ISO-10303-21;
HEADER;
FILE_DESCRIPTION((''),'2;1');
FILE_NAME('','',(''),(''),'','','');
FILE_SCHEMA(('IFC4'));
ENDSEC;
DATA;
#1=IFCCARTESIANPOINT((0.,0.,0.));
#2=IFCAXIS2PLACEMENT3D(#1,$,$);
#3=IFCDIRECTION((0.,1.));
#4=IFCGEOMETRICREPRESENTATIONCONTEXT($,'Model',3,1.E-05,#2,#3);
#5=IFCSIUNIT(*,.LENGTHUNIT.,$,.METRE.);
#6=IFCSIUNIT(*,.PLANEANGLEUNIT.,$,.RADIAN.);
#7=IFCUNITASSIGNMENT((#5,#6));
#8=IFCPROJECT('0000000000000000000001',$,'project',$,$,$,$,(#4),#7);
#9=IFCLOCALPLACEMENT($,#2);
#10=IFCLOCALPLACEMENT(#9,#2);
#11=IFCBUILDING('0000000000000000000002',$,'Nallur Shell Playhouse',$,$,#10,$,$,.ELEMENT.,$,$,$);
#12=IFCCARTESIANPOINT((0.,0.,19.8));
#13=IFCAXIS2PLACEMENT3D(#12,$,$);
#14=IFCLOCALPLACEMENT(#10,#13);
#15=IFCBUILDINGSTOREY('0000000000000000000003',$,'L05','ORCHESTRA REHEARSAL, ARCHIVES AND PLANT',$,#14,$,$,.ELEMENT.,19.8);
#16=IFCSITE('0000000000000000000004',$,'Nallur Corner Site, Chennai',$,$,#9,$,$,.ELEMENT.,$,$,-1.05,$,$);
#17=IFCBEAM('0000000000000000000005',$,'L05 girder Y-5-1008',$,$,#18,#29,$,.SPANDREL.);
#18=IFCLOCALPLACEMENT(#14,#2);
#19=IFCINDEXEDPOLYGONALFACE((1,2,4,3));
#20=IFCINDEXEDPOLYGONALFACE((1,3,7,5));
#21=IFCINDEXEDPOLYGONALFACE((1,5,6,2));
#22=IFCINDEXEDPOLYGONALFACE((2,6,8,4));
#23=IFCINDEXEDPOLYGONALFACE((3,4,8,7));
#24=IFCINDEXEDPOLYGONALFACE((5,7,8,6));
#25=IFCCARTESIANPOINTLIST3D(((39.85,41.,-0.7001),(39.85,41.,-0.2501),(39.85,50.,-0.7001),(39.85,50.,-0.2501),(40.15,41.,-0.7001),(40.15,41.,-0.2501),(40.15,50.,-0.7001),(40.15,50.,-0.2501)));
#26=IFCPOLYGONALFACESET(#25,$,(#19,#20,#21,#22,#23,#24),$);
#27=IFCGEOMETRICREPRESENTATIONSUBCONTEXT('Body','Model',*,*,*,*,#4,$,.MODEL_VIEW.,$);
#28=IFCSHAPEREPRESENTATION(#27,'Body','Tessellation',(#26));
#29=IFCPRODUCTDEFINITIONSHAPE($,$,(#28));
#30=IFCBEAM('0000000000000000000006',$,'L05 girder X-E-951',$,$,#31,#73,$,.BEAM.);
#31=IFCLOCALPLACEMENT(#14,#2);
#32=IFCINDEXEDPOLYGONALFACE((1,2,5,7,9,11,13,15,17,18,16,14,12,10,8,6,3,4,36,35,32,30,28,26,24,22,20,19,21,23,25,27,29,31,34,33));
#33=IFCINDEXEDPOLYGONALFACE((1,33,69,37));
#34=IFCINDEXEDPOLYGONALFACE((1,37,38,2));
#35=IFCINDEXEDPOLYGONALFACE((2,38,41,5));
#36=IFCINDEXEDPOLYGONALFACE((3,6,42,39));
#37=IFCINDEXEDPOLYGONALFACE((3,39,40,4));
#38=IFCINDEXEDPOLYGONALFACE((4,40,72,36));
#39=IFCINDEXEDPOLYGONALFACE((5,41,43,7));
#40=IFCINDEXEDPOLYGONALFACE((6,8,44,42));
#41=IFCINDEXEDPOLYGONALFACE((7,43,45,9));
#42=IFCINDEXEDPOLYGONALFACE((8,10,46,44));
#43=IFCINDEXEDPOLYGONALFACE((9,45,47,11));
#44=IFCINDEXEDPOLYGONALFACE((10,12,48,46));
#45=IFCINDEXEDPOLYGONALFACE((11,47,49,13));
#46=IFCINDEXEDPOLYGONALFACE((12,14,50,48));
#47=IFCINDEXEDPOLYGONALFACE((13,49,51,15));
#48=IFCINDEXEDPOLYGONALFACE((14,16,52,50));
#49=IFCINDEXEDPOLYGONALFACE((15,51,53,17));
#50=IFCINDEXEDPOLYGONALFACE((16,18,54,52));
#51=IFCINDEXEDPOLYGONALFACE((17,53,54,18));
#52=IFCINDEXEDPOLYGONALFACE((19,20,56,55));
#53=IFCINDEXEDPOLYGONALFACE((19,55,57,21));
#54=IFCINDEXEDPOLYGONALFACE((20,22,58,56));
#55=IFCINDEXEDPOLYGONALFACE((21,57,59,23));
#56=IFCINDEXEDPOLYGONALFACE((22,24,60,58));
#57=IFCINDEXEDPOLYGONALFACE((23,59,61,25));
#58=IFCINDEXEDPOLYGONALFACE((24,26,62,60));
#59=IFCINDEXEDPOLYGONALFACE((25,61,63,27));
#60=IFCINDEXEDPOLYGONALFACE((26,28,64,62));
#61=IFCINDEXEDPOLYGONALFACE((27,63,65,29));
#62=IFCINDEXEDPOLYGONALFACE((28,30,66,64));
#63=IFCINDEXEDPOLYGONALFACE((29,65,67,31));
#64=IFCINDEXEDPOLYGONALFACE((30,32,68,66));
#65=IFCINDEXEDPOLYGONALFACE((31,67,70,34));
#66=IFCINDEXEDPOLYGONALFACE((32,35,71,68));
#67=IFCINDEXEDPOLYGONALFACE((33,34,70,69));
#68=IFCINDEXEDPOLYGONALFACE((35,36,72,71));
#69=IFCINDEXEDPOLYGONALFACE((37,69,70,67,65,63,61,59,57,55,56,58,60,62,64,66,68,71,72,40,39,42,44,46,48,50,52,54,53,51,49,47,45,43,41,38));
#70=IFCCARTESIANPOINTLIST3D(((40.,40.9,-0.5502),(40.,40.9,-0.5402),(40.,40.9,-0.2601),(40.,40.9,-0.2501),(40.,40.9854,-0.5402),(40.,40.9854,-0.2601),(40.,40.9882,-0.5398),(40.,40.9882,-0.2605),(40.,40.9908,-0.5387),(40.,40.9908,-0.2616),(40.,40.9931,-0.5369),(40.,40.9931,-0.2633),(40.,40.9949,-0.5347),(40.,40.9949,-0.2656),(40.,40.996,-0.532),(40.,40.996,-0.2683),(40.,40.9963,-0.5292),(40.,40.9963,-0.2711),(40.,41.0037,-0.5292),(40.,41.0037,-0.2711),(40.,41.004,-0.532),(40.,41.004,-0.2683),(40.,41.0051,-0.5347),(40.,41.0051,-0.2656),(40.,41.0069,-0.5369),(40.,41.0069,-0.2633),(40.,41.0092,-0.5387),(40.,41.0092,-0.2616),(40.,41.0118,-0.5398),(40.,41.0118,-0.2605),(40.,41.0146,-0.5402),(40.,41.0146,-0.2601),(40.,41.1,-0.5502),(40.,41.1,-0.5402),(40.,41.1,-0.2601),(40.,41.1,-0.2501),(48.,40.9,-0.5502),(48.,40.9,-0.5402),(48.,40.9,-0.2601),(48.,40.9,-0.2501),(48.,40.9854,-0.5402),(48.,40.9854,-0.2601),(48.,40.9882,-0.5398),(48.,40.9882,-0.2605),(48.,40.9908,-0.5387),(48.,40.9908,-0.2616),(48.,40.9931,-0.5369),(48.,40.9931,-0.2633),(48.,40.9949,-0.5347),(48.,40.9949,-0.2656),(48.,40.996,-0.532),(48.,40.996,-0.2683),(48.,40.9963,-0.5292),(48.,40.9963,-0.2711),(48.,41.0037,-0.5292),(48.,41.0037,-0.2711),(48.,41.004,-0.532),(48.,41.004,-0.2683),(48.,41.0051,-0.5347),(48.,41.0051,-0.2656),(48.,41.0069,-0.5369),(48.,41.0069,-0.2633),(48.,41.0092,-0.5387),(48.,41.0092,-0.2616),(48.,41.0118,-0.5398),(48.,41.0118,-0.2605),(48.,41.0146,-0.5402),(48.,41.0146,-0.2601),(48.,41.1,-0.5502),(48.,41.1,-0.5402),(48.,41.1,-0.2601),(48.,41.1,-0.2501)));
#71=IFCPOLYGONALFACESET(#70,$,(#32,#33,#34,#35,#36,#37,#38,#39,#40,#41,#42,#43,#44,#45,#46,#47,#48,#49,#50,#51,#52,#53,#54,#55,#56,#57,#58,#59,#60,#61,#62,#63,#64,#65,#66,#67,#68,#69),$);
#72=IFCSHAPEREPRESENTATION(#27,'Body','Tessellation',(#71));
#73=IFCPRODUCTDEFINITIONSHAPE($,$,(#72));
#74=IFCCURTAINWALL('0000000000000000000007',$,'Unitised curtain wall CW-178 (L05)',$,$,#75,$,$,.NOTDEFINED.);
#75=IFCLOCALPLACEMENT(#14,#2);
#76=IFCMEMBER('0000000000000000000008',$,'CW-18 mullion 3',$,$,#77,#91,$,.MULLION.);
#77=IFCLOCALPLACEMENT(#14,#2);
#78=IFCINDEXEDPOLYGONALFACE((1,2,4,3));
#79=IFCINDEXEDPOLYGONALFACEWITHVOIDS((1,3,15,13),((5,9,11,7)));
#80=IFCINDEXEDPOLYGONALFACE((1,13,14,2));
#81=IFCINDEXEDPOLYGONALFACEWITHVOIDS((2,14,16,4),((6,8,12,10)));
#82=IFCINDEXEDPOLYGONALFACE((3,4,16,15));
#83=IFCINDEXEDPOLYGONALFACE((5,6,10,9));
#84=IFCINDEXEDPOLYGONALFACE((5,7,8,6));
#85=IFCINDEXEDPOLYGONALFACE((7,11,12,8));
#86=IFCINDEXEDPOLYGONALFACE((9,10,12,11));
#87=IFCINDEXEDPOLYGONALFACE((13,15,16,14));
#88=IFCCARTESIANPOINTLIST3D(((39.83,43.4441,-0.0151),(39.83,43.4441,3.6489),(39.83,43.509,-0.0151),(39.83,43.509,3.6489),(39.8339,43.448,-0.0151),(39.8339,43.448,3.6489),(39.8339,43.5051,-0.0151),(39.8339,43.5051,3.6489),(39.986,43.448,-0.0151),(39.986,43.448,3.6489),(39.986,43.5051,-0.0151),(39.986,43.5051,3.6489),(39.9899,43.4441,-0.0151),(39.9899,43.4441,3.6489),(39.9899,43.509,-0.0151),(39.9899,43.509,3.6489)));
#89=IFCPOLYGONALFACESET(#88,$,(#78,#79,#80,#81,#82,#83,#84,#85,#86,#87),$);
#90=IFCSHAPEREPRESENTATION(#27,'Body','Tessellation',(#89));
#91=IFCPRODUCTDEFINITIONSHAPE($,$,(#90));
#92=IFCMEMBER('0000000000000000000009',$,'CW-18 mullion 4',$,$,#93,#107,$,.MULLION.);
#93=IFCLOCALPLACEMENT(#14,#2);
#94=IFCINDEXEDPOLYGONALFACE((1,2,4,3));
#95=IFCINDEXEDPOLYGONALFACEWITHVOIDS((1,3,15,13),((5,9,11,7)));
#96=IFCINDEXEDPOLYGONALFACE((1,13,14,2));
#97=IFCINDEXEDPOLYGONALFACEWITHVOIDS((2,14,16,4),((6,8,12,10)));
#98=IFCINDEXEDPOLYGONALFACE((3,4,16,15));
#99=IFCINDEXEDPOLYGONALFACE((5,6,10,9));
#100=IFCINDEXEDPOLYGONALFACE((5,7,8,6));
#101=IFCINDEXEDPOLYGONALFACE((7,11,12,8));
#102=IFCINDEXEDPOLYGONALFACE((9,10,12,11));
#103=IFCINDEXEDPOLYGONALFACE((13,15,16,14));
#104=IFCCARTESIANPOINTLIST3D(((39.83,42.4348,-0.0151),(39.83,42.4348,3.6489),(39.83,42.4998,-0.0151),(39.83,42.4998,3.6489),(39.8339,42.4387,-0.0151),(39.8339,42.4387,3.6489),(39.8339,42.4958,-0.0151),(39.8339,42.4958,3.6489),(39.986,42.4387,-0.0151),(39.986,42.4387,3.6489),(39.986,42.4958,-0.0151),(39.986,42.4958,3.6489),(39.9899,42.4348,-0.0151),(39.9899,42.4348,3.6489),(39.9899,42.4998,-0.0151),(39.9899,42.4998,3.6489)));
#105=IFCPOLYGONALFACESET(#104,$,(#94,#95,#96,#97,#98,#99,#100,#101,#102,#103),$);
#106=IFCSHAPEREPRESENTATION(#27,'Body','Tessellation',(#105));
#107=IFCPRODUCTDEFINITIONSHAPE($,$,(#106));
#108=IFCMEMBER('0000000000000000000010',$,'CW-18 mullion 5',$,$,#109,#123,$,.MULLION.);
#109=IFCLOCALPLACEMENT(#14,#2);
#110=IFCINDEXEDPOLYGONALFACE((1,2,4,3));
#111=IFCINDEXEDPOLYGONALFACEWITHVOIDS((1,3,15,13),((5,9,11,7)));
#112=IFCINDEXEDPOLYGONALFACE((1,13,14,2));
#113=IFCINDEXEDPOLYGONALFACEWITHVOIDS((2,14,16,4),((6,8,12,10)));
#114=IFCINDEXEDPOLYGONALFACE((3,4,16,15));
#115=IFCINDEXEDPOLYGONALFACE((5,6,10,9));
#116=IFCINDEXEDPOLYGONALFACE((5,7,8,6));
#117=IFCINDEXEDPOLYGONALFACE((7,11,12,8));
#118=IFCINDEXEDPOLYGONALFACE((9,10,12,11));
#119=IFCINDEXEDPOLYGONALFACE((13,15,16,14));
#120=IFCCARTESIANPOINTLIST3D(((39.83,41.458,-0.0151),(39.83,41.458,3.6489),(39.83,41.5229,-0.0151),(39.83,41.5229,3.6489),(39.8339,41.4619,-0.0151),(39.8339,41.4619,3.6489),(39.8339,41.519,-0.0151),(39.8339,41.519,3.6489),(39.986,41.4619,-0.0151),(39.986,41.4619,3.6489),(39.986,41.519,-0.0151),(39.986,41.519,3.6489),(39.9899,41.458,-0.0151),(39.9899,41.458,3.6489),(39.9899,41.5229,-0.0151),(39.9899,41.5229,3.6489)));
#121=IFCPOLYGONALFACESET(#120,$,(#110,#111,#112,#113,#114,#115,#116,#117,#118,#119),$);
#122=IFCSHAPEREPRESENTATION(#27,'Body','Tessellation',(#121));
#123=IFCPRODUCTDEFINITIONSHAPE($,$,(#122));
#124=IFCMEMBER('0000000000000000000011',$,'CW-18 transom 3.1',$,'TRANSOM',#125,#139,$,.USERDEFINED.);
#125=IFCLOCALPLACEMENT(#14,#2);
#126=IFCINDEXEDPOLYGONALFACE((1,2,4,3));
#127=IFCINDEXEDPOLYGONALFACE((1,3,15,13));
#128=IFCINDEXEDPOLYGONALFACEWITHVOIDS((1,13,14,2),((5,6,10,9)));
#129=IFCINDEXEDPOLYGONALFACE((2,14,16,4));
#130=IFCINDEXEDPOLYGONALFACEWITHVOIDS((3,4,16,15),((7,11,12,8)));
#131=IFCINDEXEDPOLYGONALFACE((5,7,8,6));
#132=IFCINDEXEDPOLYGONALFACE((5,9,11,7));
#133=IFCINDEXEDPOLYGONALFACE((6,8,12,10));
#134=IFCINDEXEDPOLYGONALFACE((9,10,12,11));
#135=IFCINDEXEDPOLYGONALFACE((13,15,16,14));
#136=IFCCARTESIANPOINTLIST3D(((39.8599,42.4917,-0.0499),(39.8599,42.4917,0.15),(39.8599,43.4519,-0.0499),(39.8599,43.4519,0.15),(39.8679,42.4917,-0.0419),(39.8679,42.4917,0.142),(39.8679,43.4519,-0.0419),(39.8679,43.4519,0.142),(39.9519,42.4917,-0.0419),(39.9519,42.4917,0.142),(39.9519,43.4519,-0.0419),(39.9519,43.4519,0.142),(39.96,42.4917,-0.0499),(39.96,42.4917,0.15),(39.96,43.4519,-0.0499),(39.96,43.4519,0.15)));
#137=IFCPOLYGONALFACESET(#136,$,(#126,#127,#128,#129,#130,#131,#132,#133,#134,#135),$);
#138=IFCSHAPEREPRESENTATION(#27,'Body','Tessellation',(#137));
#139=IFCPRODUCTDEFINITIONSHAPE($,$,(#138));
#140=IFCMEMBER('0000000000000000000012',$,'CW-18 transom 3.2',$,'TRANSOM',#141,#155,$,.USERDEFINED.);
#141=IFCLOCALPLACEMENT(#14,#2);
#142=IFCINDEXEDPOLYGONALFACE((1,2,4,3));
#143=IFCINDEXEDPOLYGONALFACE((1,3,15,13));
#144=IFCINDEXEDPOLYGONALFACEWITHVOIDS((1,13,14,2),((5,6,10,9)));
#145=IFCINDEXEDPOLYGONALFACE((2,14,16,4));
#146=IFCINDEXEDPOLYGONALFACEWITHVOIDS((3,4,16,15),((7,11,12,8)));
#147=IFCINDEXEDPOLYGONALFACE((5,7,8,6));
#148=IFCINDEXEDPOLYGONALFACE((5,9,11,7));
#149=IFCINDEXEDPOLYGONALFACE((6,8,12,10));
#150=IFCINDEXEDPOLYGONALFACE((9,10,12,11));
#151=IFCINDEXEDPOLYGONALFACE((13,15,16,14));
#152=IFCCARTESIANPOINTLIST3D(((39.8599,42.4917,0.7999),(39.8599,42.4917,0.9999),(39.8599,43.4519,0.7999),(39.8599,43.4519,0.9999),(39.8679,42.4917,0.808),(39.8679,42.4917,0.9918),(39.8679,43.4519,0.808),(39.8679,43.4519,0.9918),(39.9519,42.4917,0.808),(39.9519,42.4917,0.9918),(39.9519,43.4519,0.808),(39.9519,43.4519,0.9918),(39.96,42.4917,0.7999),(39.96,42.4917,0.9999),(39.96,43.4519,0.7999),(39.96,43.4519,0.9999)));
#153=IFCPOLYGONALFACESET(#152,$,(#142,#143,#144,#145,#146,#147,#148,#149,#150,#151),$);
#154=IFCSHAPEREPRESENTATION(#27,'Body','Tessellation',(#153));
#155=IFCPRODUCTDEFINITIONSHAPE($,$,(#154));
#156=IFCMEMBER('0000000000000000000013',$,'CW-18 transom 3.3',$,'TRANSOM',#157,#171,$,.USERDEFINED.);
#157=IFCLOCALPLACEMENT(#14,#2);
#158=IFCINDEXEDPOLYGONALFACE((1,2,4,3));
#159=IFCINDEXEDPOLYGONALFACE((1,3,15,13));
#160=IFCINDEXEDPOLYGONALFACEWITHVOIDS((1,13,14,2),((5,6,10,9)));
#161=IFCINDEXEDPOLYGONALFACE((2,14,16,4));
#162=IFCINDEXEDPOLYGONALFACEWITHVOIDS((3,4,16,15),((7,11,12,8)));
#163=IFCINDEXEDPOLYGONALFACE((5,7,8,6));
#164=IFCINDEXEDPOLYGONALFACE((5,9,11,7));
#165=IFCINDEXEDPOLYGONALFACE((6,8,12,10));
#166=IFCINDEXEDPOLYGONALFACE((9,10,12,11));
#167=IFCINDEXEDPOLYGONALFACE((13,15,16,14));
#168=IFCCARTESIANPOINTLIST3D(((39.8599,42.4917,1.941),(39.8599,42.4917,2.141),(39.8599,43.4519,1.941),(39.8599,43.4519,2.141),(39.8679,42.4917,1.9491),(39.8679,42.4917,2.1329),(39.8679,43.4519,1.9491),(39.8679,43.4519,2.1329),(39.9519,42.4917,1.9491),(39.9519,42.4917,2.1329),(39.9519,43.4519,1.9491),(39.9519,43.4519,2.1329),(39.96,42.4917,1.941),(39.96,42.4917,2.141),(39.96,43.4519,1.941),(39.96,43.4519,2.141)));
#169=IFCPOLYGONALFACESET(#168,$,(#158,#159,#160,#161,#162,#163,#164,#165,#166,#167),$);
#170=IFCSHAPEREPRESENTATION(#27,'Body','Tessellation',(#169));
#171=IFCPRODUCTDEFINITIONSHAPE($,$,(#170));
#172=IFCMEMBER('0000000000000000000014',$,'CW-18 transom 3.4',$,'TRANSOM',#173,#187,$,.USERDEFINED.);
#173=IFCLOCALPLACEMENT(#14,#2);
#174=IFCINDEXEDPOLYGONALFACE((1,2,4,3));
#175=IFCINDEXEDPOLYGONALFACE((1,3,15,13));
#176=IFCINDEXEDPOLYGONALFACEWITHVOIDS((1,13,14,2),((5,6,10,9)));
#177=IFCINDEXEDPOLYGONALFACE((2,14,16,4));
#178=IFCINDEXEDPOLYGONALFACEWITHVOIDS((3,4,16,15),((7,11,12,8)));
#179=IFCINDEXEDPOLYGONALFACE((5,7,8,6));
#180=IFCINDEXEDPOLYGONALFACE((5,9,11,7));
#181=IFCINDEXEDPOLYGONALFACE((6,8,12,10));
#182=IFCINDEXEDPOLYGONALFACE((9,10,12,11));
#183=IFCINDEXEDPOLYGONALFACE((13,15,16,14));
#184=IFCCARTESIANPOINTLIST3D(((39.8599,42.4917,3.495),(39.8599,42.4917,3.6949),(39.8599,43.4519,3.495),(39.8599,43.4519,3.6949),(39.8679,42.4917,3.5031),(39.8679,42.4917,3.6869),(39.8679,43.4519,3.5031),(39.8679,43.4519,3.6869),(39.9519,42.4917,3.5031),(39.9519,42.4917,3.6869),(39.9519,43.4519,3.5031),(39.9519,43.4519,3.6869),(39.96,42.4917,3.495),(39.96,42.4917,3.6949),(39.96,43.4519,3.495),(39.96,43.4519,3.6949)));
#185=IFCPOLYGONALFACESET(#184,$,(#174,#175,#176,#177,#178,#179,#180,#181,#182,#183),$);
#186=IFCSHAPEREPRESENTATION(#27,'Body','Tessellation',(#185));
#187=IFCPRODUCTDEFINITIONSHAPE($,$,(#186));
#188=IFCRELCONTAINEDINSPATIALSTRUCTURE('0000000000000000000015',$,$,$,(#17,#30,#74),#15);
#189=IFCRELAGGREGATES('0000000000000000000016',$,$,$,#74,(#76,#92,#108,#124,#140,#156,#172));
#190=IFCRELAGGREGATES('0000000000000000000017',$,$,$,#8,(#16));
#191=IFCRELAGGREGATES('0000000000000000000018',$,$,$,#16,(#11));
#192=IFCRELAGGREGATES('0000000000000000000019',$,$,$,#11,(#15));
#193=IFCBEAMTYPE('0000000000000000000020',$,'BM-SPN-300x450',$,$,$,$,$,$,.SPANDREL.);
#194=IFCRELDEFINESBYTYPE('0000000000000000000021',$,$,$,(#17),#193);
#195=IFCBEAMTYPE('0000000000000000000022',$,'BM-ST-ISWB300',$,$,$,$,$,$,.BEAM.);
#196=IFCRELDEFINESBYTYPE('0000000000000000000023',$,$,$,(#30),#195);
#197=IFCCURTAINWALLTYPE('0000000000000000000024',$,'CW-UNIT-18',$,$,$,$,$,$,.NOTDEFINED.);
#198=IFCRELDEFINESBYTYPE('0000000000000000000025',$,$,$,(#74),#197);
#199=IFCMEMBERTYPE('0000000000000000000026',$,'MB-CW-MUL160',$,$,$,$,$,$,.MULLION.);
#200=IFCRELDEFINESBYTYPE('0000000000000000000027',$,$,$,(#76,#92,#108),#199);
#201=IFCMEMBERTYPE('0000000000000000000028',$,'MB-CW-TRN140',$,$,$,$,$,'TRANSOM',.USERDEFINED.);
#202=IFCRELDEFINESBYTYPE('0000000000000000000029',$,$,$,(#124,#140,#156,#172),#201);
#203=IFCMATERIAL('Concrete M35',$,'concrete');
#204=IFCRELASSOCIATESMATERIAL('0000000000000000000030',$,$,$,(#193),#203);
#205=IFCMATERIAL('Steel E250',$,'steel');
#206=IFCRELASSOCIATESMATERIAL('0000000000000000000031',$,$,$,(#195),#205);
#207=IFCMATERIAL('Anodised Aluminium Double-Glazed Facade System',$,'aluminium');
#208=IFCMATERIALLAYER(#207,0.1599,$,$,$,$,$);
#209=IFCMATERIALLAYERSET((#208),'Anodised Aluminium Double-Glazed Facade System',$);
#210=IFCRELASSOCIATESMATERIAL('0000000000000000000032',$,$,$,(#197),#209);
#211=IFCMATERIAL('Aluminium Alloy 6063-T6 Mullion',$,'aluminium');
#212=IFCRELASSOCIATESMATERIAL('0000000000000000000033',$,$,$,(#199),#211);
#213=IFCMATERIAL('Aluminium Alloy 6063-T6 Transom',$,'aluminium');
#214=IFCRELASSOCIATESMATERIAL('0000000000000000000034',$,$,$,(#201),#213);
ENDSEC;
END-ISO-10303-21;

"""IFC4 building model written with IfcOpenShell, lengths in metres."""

from ifc_helpers import new_model, si_unit, direction, frame, origin, origin_2d, place, context, subcontext, project, spatial, rectangle, hollow_rectangle, i_section, extrude, material, layer, layer_set, material_profile, profile_set, type_object, element, aggregate, save


model = new_model("IFC4")

# Units and contexts
model_context = context("Model", 3, precision=1e-05, world=origin(), true_north=direction((0.0, 1.0)))
body_context = subcontext(model_context, "Body", "Model", "MODEL_VIEW")
ifc_project = project(units=[si_unit("LENGTHUNIT", "METRE"), si_unit("PLANEANGLEUNIT", "RADIAN")], contexts=[model_context])

# Site, building, storey
site_placement = place(None, origin())
site = spatial("IfcSite", under=ifc_project, at=site_placement, Name="Nallur Corner Site, Chennai", CompositionType="ELEMENT", RefElevation=-1.05)
building_placement = place(site_placement, origin())
building = spatial("IfcBuilding", under=site, at=building_placement, Name="Nallur Shell Playhouse", CompositionType="ELEMENT")
storey_placement = place(building_placement, frame((0.0, 0.0, 19.8)))
storey = spatial("IfcBuildingStorey", under=building, at=storey_placement, Name="L05", Description="ORCHESTRA REHEARSAL, ARCHIVES AND PLANT", CompositionType="ELEMENT", Elevation=19.8)

# Beams
ifc_material_1 = material(Name="Concrete M35", Category="concrete")
ifc_material_profile_1 = material_profile(ifc_material_1, rectangle(XDim=0.3, YDim=0.45, at=origin_2d()), Name="RC 300x450")
ifc_profile_set_1 = profile_set([ifc_material_profile_1], Name="Concrete M35")
beam_type_1 = type_object("IfcBeamType", Name="BM-SPN-300x450", PredefinedType="SPANDREL", material=ifc_profile_set_1)
beam_1_placement = place(storey_placement, frame((40.0, 41.0, -0.4751), z_axis=(0.0, 1.0, 0.0), x_axis=(-1.0, 0.0, 0.0)))
element("IfcBeam", 1, at=beam_1_placement, inside=storey, type_object=beam_type_1, Name="L05 girder Y-5-1008", PredefinedType="SPANDREL", context=body_context, shape_type="SweptSolid", body=[
    extrude(rectangle(XDim=0.3, YDim=0.45, at=origin_2d()), origin(), (0.0, 0.0, 1.0), 9.0),
])
ifc_material_2 = material(Name="Steel E250", Category="steel")
ifc_material_profile_2 = material_profile(ifc_material_2, i_section(OverallWidth=0.2, OverallDepth=0.3, WebThickness=0.0073, FlangeThickness=0.01, FilletRadius=0.011, at=origin_2d()), Name="ISWB 300")
ifc_profile_set_2 = profile_set([ifc_material_profile_2], Name="Steel E250")
beam_type_2 = type_object("IfcBeamType", Name="BM-ST-ISWB300", PredefinedType="BEAM", material=ifc_profile_set_2)
beam_2_placement = place(storey_placement, frame((40.0, 41.0, -0.4001), z_axis=(1.0, 0.0, 0.0), x_axis=(0.0, 1.0, 0.0)))
element("IfcBeam", 2, at=beam_2_placement, inside=storey, type_object=beam_type_2, Name="L05 girder X-E-951", PredefinedType="BEAM", context=body_context, shape_type="SweptSolid", body=[
    extrude(i_section(OverallWidth=0.2, OverallDepth=0.3, WebThickness=0.0073, FlangeThickness=0.01, FilletRadius=0.011, at=origin_2d()), origin(), (0.0, 0.0, 1.0), 8.0),
])

# Curtain wall, members
ifc_material_3 = material(Name="Anodised Aluminium Double-Glazed Facade System", Category="aluminium")
ifc_layer_1 = layer(ifc_material_3, 0.1599)
ifc_layer_set_1 = layer_set([ifc_layer_1], Name="Anodised Aluminium Double-Glazed Facade System")
curtain_wall_type = type_object("IfcCurtainWallType", Name="CW-UNIT-18", PredefinedType="NOTDEFINED", material=ifc_layer_set_1)
curtain_wall_placement = place(storey_placement, origin())
curtain_wall = element("IfcCurtainWall", 3, at=curtain_wall_placement, inside=storey, type_object=curtain_wall_type, Name="Unitised curtain wall CW-178 (L05)", PredefinedType="NOTDEFINED")
ifc_material_4 = material(Name="Aluminium Alloy 6063-T6 Mullion", Category="aluminium")
ifc_material_profile_3 = material_profile(ifc_material_4, hollow_rectangle(XDim=0.0649, YDim=0.1599, WallThickness=0.0039, at=origin_2d()), Name="ALU 65x160x4")
ifc_profile_set_3 = profile_set([ifc_material_profile_3], Name="Aluminium Alloy 6063-T6 Mullion")
member_type_1 = type_object("IfcMemberType", Name="MB-CW-MUL160", PredefinedType="MULLION", material=ifc_profile_set_3)
member_1_placement = place(storey_placement, frame((39.9099, 43.4766, -0.0151), z_axis=(0.0, 0.0, 1.0), x_axis=(0.0, -1.0, 0.0)))
member_1 = element("IfcMember", 4, at=member_1_placement, type_object=member_type_1, Name="CW-18 mullion 3", PredefinedType="MULLION", context=body_context, shape_type="SweptSolid", body=[
    extrude(hollow_rectangle(XDim=0.0649, YDim=0.1599, WallThickness=0.0039, at=origin_2d()), origin(), (0.0, 0.0, 1.0), 3.6641),
])
member_2_placement = place(storey_placement, frame((39.9099, 42.4673, -0.0151), z_axis=(0.0, 0.0, 1.0), x_axis=(0.0, -1.0, 0.0)))
member_2 = element("IfcMember", 5, at=member_2_placement, type_object=member_type_1, Name="CW-18 mullion 4", PredefinedType="MULLION", context=body_context, shape_type="SweptSolid", body=[
    extrude(hollow_rectangle(XDim=0.0649, YDim=0.1599, WallThickness=0.0039, at=origin_2d()), origin(), (0.0, 0.0, 1.0), 3.6641),
])
member_3_placement = place(storey_placement, frame((39.9099, 41.4905, -0.0151), z_axis=(0.0, 0.0, 1.0), x_axis=(0.0, -1.0, 0.0)))
member_3 = element("IfcMember", 6, at=member_3_placement, type_object=member_type_1, Name="CW-18 mullion 5", PredefinedType="MULLION", context=body_context, shape_type="SweptSolid", body=[
    extrude(hollow_rectangle(XDim=0.0649, YDim=0.1599, WallThickness=0.0039, at=origin_2d()), origin(), (0.0, 0.0, 1.0), 3.6641),
])
ifc_material_5 = material(Name="Aluminium Alloy 6063-T6 Transom", Category="aluminium")
ifc_material_profile_4 = material_profile(ifc_material_5, hollow_rectangle(XDim=0.1001, YDim=0.2, WallThickness=0.0081, at=origin_2d()), Name="RHS 200x100x8")
ifc_profile_set_4 = profile_set([ifc_material_profile_4], Name="Aluminium Alloy 6063-T6 Transom")
member_type_2 = type_object("IfcMemberType", Name="MB-CW-TRN140", ElementType="TRANSOM", PredefinedType="USERDEFINED", material=ifc_profile_set_4)
member_4_placement = place(storey_placement, frame((39.9099, 43.4519, 0.05), z_axis=(0.0, -1.0, 0.0), x_axis=(1.0, 0.0, 0.0)))
member_4 = element("IfcMember", 7, at=member_4_placement, type_object=member_type_2, Name="CW-18 transom 3.1", ObjectType="TRANSOM", PredefinedType="USERDEFINED", context=body_context, shape_type="SweptSolid", body=[
    extrude(hollow_rectangle(XDim=0.1001, YDim=0.2, WallThickness=0.0081, at=origin_2d()), origin(), (0.0, 0.0, 1.0), 0.9602),
])
member_5_placement = place(storey_placement, frame((39.9099, 43.4519, 0.8999), z_axis=(0.0, -1.0, 0.0), x_axis=(1.0, 0.0, 0.0)))
member_5 = element("IfcMember", 8, at=member_5_placement, type_object=member_type_2, Name="CW-18 transom 3.2", ObjectType="TRANSOM", PredefinedType="USERDEFINED", context=body_context, shape_type="SweptSolid", body=[
    extrude(hollow_rectangle(XDim=0.1001, YDim=0.2, WallThickness=0.0081, at=origin_2d()), origin(), (0.0, 0.0, 1.0), 0.9602),
])
member_6_placement = place(storey_placement, frame((39.9099, 43.4519, 2.041), z_axis=(0.0, -1.0, 0.0), x_axis=(1.0, 0.0, 0.0)))
member_6 = element("IfcMember", 9, at=member_6_placement, type_object=member_type_2, Name="CW-18 transom 3.3", ObjectType="TRANSOM", PredefinedType="USERDEFINED", context=body_context, shape_type="SweptSolid", body=[
    extrude(hollow_rectangle(XDim=0.1001, YDim=0.2, WallThickness=0.0081, at=origin_2d()), origin(), (0.0, 0.0, 1.0), 0.9602),
])
member_7_placement = place(storey_placement, frame((39.9099, 43.4519, 3.595), z_axis=(0.0, -1.0, 0.0), x_axis=(1.0, 0.0, 0.0)))
member_7 = element("IfcMember", 10, at=member_7_placement, type_object=member_type_2, Name="CW-18 transom 3.4", ObjectType="TRANSOM", PredefinedType="USERDEFINED", context=body_context, shape_type="SweptSolid", body=[
    extrude(hollow_rectangle(XDim=0.1001, YDim=0.2, WallThickness=0.0081, at=origin_2d()), origin(), (0.0, 0.0, 1.0), 0.9602),
])
aggregate(curtain_wall, [member_1, member_2, member_3, member_4, member_5, member_6, member_7])

save(model, "model.ifc")
